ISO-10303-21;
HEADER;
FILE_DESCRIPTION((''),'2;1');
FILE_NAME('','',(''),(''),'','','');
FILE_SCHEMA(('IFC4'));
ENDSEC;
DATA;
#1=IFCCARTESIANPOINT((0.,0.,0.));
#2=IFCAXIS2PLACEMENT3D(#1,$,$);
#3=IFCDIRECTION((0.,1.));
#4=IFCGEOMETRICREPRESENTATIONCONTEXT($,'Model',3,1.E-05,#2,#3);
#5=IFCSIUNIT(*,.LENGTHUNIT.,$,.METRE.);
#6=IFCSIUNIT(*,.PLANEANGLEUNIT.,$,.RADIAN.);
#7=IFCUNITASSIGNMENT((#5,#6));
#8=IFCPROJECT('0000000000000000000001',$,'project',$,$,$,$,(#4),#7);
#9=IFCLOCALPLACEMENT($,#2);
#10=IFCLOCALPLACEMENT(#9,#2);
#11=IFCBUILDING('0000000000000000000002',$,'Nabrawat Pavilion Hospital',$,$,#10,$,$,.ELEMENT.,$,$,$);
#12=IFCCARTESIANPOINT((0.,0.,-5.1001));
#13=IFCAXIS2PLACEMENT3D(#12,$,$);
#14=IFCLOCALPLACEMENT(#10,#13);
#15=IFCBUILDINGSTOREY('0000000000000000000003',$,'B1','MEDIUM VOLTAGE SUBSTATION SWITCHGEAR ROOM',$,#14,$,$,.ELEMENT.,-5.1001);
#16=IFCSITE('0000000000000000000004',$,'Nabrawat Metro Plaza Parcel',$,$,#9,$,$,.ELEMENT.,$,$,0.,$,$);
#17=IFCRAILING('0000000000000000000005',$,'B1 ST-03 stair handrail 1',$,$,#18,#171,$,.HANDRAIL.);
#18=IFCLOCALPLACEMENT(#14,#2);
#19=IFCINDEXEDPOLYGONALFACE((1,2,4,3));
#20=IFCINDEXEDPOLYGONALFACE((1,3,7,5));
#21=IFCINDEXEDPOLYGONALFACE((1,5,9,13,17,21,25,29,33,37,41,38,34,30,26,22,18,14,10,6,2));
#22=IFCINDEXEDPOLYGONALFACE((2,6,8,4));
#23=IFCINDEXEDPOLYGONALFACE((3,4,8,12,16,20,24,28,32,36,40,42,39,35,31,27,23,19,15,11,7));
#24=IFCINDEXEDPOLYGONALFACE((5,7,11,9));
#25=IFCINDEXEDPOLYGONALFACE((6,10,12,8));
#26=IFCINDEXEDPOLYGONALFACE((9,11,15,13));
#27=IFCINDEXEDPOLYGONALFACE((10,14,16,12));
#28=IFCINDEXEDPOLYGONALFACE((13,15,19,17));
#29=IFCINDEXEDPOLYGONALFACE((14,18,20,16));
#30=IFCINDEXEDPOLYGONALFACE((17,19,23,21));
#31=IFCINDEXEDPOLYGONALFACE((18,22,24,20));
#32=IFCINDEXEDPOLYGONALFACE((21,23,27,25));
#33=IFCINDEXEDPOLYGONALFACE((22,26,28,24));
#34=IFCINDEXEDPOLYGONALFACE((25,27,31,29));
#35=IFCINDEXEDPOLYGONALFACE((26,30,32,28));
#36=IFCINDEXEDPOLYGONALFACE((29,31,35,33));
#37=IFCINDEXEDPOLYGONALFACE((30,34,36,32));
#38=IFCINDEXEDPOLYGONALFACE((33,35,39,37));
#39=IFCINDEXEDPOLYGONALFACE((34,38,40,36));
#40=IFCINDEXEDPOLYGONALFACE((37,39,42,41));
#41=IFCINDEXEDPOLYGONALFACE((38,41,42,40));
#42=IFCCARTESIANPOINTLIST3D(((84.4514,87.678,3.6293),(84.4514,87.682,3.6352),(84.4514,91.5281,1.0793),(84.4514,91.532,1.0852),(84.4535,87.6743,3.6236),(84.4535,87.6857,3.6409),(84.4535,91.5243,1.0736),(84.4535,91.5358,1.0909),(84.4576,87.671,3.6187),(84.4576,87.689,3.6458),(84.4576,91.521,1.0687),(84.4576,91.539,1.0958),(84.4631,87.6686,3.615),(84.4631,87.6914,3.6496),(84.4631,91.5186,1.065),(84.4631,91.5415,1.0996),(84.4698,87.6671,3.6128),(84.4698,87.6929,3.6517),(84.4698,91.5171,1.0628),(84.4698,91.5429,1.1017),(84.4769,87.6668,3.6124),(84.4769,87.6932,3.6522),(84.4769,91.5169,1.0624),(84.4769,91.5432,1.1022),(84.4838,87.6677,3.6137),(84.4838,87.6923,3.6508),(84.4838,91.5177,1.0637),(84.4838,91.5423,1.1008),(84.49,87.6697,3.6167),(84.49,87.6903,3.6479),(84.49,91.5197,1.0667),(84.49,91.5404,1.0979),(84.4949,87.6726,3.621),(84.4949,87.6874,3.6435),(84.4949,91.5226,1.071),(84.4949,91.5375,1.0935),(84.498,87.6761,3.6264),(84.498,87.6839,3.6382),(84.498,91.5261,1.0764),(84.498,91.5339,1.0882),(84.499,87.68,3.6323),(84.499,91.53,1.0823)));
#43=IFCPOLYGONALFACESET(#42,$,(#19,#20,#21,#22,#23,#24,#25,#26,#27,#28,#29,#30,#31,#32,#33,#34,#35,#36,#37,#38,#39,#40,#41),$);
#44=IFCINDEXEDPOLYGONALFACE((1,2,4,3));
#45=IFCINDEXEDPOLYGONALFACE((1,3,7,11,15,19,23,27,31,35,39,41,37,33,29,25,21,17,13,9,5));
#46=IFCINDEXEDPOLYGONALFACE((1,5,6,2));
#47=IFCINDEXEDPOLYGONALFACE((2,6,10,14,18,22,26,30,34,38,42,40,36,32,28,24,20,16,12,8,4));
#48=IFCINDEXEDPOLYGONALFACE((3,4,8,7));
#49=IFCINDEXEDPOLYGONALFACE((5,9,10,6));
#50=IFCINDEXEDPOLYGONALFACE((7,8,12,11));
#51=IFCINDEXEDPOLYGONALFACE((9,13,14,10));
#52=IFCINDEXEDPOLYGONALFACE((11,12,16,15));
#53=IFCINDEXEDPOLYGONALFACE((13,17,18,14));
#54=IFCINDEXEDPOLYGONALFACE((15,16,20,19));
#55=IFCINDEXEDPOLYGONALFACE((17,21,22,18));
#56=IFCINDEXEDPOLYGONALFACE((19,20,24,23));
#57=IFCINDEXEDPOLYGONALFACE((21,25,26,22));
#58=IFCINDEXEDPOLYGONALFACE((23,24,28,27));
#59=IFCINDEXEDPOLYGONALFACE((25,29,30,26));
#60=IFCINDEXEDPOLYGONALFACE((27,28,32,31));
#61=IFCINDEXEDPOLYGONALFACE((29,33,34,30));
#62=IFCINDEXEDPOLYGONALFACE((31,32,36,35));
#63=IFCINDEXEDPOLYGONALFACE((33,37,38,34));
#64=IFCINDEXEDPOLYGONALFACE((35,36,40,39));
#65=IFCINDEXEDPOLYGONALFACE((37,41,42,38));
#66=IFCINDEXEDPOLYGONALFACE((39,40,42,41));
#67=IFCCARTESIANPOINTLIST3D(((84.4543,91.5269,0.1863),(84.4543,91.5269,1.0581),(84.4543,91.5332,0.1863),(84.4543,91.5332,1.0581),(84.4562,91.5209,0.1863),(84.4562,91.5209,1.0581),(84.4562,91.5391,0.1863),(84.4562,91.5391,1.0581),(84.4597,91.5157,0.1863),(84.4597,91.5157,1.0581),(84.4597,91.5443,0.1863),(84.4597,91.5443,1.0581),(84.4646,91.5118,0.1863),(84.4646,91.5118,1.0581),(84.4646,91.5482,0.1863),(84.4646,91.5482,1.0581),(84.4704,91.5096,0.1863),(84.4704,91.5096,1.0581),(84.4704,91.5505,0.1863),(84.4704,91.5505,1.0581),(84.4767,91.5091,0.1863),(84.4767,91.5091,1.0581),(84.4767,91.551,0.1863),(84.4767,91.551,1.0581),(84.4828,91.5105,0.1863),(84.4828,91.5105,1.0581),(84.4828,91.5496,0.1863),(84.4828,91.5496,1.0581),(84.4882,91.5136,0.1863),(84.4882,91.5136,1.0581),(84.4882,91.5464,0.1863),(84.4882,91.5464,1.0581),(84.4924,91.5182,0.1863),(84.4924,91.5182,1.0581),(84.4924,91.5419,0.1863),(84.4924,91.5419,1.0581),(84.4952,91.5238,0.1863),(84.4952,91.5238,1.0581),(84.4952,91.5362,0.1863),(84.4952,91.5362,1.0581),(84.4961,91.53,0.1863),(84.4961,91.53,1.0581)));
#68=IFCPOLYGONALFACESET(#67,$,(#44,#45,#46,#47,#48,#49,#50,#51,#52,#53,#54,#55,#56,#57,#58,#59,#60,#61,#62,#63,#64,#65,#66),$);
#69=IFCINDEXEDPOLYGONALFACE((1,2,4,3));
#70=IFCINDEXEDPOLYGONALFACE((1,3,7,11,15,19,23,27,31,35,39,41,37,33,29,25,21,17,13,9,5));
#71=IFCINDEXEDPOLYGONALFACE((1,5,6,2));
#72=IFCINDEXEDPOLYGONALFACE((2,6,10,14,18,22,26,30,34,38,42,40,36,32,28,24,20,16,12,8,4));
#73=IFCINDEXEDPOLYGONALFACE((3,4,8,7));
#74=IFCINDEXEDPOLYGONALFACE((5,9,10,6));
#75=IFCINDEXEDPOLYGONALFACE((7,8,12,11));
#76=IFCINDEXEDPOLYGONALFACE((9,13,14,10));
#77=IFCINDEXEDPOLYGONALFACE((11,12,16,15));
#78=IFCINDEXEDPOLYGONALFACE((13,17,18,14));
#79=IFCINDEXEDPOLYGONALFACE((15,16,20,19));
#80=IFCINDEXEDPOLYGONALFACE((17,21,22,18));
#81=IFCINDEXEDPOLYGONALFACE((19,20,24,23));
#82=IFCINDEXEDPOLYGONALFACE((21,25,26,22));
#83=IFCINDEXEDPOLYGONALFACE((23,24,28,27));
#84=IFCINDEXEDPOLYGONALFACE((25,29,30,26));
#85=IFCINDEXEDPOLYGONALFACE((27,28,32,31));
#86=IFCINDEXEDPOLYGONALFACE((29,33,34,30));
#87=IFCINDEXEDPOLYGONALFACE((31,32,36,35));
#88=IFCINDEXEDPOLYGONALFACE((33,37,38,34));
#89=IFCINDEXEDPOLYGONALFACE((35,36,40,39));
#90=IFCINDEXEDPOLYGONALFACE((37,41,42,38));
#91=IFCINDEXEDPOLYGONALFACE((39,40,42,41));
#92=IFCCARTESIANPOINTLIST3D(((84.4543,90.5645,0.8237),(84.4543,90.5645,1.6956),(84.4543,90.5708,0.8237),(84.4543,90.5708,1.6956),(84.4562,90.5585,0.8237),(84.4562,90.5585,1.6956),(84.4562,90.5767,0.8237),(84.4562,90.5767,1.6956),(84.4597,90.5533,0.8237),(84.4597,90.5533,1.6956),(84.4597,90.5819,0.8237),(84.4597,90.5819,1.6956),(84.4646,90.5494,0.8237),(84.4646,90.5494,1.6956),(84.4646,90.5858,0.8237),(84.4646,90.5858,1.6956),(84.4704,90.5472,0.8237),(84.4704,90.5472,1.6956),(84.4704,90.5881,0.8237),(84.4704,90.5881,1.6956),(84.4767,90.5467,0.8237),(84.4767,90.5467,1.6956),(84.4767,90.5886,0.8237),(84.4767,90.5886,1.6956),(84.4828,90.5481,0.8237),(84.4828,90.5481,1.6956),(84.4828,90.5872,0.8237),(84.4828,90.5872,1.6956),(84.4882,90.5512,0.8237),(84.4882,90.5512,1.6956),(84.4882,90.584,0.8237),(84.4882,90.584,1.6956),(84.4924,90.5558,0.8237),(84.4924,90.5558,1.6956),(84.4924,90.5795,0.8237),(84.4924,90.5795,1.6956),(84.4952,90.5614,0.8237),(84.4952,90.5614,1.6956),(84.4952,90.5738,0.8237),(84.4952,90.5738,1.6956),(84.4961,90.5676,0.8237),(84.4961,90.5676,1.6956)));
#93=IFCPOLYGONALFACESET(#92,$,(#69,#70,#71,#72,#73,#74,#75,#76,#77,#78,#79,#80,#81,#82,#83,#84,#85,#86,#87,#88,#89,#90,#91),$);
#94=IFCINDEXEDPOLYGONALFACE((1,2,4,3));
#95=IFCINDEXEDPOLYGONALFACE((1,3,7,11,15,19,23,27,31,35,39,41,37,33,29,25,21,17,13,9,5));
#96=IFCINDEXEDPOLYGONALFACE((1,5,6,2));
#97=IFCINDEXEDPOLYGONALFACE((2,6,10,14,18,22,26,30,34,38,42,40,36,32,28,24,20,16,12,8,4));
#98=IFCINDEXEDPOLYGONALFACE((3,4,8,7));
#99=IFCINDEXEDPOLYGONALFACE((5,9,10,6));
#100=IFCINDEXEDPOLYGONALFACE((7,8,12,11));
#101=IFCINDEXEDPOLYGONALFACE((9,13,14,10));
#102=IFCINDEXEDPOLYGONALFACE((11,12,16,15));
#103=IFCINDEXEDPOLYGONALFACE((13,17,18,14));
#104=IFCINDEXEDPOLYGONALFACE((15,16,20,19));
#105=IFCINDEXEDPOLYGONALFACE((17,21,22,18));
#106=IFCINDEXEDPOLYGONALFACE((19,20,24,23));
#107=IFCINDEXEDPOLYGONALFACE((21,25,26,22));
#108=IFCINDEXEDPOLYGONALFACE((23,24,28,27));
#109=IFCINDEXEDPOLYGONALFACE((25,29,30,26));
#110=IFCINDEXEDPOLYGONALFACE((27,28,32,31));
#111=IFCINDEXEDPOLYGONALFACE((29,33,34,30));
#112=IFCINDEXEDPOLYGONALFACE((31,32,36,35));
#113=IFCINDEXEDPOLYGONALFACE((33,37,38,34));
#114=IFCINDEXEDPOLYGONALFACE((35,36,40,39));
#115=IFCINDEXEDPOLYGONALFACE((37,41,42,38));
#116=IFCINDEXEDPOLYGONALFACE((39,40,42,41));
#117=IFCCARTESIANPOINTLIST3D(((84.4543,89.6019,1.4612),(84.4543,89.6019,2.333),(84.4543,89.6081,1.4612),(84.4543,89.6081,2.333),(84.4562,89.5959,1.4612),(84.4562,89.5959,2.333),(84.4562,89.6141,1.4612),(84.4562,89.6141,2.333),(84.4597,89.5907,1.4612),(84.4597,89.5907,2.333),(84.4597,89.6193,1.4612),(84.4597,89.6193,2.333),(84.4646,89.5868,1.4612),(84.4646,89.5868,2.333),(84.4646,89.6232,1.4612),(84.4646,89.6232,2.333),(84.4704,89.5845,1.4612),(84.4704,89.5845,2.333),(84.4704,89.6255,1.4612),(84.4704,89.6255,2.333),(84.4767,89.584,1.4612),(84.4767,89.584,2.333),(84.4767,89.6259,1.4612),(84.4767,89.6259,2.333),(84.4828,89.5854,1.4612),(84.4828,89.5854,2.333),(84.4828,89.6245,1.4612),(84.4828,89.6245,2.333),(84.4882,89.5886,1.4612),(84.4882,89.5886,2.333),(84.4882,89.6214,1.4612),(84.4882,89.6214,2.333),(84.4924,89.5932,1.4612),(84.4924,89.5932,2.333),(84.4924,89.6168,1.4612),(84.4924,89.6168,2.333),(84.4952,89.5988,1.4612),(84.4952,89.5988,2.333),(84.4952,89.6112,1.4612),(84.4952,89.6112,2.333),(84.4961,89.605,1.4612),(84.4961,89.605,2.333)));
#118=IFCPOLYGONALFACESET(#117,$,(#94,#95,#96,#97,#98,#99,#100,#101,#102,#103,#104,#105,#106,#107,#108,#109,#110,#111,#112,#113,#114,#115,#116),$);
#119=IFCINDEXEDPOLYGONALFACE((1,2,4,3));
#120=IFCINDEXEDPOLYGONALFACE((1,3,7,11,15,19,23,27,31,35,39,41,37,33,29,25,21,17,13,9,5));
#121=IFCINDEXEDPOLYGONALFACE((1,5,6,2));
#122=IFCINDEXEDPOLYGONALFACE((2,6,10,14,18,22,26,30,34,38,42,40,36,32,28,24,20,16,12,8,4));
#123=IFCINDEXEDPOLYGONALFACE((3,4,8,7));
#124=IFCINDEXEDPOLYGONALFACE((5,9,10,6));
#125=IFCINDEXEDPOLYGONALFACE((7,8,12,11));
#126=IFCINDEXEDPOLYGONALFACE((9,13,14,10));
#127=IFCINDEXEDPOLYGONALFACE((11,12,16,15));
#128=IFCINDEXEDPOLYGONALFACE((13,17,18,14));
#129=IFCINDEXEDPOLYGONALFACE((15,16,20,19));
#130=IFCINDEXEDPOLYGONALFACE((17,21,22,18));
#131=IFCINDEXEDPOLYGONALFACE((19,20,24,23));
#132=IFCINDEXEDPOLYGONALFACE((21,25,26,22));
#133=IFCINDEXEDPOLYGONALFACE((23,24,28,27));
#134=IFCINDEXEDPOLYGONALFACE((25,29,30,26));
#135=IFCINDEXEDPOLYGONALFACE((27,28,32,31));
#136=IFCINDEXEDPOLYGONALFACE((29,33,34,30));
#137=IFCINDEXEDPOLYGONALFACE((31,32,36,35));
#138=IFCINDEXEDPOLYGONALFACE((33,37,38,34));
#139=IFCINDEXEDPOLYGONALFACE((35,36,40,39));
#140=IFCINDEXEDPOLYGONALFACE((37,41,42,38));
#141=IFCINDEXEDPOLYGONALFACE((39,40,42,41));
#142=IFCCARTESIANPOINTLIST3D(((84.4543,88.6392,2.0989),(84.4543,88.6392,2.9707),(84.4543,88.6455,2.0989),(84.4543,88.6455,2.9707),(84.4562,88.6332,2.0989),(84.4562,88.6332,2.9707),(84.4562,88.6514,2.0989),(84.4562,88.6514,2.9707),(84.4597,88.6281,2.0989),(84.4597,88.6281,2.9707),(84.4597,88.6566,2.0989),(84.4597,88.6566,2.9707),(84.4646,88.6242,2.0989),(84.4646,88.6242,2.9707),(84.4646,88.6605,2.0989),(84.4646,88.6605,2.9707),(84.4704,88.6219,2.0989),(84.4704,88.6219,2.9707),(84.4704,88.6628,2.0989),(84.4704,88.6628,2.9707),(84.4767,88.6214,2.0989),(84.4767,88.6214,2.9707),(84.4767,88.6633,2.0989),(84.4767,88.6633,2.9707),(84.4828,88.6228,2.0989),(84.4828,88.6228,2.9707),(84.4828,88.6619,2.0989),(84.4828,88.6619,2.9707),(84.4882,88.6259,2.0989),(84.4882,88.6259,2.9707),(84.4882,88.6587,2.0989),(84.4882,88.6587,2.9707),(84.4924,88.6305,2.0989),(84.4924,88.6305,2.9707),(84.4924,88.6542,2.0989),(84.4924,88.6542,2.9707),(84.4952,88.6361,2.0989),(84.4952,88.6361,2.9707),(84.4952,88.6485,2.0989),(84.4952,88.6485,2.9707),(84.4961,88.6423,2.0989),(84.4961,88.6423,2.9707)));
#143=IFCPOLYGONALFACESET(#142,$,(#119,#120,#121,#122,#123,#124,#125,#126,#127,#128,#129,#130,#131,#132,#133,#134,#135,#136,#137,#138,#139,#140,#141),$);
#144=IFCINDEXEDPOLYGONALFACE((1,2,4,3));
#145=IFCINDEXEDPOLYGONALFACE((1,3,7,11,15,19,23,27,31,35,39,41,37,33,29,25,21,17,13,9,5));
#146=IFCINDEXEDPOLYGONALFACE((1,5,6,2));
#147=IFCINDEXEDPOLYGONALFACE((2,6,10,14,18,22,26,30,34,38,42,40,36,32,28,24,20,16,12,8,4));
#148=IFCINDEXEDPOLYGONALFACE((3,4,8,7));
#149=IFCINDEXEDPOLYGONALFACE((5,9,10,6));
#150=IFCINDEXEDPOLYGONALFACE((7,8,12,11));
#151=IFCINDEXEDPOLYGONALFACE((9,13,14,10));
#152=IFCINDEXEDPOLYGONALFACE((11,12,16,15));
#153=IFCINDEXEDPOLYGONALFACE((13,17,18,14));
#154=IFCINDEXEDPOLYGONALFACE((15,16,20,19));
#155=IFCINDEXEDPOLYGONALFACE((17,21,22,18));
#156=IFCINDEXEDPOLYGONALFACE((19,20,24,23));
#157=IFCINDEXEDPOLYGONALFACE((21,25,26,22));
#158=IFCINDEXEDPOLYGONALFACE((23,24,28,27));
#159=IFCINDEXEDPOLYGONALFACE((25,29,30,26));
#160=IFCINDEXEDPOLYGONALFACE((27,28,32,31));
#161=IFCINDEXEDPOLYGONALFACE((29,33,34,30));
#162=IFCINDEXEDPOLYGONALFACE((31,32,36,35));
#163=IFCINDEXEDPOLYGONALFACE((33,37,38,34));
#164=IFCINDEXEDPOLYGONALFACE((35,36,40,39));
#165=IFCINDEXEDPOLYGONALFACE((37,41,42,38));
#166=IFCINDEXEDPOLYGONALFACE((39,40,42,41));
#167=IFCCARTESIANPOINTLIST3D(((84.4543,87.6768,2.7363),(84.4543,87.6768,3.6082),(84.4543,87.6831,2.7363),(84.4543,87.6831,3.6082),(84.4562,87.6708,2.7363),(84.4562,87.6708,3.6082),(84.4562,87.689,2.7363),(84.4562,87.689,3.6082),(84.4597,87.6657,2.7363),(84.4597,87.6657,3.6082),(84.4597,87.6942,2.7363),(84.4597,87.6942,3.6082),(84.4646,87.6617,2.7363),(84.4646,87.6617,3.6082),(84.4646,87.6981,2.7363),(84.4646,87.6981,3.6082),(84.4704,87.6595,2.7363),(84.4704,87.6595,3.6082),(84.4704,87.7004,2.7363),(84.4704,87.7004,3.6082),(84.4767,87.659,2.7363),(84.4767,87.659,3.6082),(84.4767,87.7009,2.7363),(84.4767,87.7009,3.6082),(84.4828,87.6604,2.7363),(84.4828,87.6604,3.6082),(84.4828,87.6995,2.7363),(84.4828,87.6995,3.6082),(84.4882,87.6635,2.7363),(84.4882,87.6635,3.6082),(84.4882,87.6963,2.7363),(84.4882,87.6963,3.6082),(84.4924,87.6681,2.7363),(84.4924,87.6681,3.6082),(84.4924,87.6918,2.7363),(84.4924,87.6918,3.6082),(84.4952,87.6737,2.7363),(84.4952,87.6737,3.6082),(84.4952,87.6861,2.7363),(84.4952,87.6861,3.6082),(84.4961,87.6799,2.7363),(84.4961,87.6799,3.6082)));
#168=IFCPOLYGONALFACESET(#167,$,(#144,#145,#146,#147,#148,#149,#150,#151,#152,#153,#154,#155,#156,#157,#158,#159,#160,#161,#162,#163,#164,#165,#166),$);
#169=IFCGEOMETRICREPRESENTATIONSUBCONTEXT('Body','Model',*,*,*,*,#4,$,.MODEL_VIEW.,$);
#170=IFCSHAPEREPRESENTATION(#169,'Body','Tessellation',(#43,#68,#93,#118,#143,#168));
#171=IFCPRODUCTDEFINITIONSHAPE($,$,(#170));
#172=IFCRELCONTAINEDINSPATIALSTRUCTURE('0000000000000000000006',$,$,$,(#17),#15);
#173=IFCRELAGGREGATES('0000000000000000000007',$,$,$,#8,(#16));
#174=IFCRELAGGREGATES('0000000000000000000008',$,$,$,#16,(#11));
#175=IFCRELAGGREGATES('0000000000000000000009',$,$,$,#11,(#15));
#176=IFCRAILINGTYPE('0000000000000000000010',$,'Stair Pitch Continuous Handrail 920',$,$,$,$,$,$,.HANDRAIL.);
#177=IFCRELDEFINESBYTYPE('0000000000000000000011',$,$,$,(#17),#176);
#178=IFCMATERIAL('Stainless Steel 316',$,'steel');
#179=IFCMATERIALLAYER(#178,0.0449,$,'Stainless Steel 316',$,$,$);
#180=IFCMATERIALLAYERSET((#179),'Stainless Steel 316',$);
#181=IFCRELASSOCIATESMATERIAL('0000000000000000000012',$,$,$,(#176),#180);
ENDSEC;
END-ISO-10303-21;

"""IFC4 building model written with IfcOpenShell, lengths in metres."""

from ifc_helpers import new_model, si_unit, direction, frame, origin, origin_2d, place, context, subcontext, project, spatial, circle, extrude, material, layer, layer_set, type_object, element, save


model = new_model("IFC4")

# Units and contexts
model_context = context("Model", 3, precision=1e-05, world=origin(), true_north=direction((0.0, 1.0)))
body_context = subcontext(model_context, "Body", "Model", "MODEL_VIEW")
ifc_project = project(units=[si_unit("LENGTHUNIT", "METRE"), si_unit("PLANEANGLEUNIT", "RADIAN")], contexts=[model_context])

# Site, building, storey
site_placement = place(None, origin())
site = spatial("IfcSite", under=ifc_project, at=site_placement, Name="Nabrawat Metro Plaza Parcel", CompositionType="ELEMENT", RefElevation=0.0)
building_placement = place(site_placement, origin())
building = spatial("IfcBuilding", under=site, at=building_placement, Name="Nabrawat Pavilion Hospital", CompositionType="ELEMENT")
storey_placement = place(building_placement, frame((0.0, 0.0, -5.1001)))
storey = spatial("IfcBuildingStorey", under=building, at=storey_placement, Name="B1", Description="MEDIUM VOLTAGE SUBSTATION SWITCHGEAR ROOM", CompositionType="ELEMENT", Elevation=-5.1001)

# Railing
ifc_material_1 = material(Name="Stainless Steel 316", Category="steel")
ifc_layer_1 = layer(ifc_material_1, 0.0449, Name="Stainless Steel 316")
ifc_layer_set_1 = layer_set([ifc_layer_1], Name="Stainless Steel 316")
railing_type_1 = type_object("IfcRailingType", Name="Stair Pitch Continuous Handrail 920", PredefinedType="HANDRAIL", material=ifc_layer_set_1)
railing_1_placement = place(storey_placement, frame((84.4751, 91.53, 0.1863)))
element("IfcRailing", 1, at=railing_1_placement, inside=storey, type_object=railing_type_1, Name="B1 ST-03 stair handrail 1", PredefinedType="HANDRAIL", context=body_context, shape_type="SweptSolid", body=[
    extrude(circle(Radius=0.0239, at=origin_2d()), frame((0.0, 0.0, 0.896), z_axis=(0.0, -0.833714, 0.552197), x_axis=(1.0, 0.0, 0.0)), (0.0, 0.0, 1.0), 4.6179),
    extrude(circle(Radius=0.021, at=origin_2d()), origin(), (0.0, 0.0, 1.0), 0.8718),
    extrude(circle(Radius=0.021, at=origin_2d()), frame((0.0, -0.9624, 0.6375)), (0.0, 0.0, 1.0), 0.8718),
    extrude(circle(Radius=0.021, at=origin_2d()), frame((0.0, -1.925, 1.2749)), (0.0, 0.0, 1.0), 0.8718),
    extrude(circle(Radius=0.021, at=origin_2d()), frame((0.0, -2.8877, 1.9126)), (0.0, 0.0, 1.0), 0.8718),
    extrude(circle(Radius=0.021, at=origin_2d()), frame((0.0, -3.8501, 2.55)), (0.0, 0.0, 1.0), 0.8718),
])

save(model, "model.ifc")
